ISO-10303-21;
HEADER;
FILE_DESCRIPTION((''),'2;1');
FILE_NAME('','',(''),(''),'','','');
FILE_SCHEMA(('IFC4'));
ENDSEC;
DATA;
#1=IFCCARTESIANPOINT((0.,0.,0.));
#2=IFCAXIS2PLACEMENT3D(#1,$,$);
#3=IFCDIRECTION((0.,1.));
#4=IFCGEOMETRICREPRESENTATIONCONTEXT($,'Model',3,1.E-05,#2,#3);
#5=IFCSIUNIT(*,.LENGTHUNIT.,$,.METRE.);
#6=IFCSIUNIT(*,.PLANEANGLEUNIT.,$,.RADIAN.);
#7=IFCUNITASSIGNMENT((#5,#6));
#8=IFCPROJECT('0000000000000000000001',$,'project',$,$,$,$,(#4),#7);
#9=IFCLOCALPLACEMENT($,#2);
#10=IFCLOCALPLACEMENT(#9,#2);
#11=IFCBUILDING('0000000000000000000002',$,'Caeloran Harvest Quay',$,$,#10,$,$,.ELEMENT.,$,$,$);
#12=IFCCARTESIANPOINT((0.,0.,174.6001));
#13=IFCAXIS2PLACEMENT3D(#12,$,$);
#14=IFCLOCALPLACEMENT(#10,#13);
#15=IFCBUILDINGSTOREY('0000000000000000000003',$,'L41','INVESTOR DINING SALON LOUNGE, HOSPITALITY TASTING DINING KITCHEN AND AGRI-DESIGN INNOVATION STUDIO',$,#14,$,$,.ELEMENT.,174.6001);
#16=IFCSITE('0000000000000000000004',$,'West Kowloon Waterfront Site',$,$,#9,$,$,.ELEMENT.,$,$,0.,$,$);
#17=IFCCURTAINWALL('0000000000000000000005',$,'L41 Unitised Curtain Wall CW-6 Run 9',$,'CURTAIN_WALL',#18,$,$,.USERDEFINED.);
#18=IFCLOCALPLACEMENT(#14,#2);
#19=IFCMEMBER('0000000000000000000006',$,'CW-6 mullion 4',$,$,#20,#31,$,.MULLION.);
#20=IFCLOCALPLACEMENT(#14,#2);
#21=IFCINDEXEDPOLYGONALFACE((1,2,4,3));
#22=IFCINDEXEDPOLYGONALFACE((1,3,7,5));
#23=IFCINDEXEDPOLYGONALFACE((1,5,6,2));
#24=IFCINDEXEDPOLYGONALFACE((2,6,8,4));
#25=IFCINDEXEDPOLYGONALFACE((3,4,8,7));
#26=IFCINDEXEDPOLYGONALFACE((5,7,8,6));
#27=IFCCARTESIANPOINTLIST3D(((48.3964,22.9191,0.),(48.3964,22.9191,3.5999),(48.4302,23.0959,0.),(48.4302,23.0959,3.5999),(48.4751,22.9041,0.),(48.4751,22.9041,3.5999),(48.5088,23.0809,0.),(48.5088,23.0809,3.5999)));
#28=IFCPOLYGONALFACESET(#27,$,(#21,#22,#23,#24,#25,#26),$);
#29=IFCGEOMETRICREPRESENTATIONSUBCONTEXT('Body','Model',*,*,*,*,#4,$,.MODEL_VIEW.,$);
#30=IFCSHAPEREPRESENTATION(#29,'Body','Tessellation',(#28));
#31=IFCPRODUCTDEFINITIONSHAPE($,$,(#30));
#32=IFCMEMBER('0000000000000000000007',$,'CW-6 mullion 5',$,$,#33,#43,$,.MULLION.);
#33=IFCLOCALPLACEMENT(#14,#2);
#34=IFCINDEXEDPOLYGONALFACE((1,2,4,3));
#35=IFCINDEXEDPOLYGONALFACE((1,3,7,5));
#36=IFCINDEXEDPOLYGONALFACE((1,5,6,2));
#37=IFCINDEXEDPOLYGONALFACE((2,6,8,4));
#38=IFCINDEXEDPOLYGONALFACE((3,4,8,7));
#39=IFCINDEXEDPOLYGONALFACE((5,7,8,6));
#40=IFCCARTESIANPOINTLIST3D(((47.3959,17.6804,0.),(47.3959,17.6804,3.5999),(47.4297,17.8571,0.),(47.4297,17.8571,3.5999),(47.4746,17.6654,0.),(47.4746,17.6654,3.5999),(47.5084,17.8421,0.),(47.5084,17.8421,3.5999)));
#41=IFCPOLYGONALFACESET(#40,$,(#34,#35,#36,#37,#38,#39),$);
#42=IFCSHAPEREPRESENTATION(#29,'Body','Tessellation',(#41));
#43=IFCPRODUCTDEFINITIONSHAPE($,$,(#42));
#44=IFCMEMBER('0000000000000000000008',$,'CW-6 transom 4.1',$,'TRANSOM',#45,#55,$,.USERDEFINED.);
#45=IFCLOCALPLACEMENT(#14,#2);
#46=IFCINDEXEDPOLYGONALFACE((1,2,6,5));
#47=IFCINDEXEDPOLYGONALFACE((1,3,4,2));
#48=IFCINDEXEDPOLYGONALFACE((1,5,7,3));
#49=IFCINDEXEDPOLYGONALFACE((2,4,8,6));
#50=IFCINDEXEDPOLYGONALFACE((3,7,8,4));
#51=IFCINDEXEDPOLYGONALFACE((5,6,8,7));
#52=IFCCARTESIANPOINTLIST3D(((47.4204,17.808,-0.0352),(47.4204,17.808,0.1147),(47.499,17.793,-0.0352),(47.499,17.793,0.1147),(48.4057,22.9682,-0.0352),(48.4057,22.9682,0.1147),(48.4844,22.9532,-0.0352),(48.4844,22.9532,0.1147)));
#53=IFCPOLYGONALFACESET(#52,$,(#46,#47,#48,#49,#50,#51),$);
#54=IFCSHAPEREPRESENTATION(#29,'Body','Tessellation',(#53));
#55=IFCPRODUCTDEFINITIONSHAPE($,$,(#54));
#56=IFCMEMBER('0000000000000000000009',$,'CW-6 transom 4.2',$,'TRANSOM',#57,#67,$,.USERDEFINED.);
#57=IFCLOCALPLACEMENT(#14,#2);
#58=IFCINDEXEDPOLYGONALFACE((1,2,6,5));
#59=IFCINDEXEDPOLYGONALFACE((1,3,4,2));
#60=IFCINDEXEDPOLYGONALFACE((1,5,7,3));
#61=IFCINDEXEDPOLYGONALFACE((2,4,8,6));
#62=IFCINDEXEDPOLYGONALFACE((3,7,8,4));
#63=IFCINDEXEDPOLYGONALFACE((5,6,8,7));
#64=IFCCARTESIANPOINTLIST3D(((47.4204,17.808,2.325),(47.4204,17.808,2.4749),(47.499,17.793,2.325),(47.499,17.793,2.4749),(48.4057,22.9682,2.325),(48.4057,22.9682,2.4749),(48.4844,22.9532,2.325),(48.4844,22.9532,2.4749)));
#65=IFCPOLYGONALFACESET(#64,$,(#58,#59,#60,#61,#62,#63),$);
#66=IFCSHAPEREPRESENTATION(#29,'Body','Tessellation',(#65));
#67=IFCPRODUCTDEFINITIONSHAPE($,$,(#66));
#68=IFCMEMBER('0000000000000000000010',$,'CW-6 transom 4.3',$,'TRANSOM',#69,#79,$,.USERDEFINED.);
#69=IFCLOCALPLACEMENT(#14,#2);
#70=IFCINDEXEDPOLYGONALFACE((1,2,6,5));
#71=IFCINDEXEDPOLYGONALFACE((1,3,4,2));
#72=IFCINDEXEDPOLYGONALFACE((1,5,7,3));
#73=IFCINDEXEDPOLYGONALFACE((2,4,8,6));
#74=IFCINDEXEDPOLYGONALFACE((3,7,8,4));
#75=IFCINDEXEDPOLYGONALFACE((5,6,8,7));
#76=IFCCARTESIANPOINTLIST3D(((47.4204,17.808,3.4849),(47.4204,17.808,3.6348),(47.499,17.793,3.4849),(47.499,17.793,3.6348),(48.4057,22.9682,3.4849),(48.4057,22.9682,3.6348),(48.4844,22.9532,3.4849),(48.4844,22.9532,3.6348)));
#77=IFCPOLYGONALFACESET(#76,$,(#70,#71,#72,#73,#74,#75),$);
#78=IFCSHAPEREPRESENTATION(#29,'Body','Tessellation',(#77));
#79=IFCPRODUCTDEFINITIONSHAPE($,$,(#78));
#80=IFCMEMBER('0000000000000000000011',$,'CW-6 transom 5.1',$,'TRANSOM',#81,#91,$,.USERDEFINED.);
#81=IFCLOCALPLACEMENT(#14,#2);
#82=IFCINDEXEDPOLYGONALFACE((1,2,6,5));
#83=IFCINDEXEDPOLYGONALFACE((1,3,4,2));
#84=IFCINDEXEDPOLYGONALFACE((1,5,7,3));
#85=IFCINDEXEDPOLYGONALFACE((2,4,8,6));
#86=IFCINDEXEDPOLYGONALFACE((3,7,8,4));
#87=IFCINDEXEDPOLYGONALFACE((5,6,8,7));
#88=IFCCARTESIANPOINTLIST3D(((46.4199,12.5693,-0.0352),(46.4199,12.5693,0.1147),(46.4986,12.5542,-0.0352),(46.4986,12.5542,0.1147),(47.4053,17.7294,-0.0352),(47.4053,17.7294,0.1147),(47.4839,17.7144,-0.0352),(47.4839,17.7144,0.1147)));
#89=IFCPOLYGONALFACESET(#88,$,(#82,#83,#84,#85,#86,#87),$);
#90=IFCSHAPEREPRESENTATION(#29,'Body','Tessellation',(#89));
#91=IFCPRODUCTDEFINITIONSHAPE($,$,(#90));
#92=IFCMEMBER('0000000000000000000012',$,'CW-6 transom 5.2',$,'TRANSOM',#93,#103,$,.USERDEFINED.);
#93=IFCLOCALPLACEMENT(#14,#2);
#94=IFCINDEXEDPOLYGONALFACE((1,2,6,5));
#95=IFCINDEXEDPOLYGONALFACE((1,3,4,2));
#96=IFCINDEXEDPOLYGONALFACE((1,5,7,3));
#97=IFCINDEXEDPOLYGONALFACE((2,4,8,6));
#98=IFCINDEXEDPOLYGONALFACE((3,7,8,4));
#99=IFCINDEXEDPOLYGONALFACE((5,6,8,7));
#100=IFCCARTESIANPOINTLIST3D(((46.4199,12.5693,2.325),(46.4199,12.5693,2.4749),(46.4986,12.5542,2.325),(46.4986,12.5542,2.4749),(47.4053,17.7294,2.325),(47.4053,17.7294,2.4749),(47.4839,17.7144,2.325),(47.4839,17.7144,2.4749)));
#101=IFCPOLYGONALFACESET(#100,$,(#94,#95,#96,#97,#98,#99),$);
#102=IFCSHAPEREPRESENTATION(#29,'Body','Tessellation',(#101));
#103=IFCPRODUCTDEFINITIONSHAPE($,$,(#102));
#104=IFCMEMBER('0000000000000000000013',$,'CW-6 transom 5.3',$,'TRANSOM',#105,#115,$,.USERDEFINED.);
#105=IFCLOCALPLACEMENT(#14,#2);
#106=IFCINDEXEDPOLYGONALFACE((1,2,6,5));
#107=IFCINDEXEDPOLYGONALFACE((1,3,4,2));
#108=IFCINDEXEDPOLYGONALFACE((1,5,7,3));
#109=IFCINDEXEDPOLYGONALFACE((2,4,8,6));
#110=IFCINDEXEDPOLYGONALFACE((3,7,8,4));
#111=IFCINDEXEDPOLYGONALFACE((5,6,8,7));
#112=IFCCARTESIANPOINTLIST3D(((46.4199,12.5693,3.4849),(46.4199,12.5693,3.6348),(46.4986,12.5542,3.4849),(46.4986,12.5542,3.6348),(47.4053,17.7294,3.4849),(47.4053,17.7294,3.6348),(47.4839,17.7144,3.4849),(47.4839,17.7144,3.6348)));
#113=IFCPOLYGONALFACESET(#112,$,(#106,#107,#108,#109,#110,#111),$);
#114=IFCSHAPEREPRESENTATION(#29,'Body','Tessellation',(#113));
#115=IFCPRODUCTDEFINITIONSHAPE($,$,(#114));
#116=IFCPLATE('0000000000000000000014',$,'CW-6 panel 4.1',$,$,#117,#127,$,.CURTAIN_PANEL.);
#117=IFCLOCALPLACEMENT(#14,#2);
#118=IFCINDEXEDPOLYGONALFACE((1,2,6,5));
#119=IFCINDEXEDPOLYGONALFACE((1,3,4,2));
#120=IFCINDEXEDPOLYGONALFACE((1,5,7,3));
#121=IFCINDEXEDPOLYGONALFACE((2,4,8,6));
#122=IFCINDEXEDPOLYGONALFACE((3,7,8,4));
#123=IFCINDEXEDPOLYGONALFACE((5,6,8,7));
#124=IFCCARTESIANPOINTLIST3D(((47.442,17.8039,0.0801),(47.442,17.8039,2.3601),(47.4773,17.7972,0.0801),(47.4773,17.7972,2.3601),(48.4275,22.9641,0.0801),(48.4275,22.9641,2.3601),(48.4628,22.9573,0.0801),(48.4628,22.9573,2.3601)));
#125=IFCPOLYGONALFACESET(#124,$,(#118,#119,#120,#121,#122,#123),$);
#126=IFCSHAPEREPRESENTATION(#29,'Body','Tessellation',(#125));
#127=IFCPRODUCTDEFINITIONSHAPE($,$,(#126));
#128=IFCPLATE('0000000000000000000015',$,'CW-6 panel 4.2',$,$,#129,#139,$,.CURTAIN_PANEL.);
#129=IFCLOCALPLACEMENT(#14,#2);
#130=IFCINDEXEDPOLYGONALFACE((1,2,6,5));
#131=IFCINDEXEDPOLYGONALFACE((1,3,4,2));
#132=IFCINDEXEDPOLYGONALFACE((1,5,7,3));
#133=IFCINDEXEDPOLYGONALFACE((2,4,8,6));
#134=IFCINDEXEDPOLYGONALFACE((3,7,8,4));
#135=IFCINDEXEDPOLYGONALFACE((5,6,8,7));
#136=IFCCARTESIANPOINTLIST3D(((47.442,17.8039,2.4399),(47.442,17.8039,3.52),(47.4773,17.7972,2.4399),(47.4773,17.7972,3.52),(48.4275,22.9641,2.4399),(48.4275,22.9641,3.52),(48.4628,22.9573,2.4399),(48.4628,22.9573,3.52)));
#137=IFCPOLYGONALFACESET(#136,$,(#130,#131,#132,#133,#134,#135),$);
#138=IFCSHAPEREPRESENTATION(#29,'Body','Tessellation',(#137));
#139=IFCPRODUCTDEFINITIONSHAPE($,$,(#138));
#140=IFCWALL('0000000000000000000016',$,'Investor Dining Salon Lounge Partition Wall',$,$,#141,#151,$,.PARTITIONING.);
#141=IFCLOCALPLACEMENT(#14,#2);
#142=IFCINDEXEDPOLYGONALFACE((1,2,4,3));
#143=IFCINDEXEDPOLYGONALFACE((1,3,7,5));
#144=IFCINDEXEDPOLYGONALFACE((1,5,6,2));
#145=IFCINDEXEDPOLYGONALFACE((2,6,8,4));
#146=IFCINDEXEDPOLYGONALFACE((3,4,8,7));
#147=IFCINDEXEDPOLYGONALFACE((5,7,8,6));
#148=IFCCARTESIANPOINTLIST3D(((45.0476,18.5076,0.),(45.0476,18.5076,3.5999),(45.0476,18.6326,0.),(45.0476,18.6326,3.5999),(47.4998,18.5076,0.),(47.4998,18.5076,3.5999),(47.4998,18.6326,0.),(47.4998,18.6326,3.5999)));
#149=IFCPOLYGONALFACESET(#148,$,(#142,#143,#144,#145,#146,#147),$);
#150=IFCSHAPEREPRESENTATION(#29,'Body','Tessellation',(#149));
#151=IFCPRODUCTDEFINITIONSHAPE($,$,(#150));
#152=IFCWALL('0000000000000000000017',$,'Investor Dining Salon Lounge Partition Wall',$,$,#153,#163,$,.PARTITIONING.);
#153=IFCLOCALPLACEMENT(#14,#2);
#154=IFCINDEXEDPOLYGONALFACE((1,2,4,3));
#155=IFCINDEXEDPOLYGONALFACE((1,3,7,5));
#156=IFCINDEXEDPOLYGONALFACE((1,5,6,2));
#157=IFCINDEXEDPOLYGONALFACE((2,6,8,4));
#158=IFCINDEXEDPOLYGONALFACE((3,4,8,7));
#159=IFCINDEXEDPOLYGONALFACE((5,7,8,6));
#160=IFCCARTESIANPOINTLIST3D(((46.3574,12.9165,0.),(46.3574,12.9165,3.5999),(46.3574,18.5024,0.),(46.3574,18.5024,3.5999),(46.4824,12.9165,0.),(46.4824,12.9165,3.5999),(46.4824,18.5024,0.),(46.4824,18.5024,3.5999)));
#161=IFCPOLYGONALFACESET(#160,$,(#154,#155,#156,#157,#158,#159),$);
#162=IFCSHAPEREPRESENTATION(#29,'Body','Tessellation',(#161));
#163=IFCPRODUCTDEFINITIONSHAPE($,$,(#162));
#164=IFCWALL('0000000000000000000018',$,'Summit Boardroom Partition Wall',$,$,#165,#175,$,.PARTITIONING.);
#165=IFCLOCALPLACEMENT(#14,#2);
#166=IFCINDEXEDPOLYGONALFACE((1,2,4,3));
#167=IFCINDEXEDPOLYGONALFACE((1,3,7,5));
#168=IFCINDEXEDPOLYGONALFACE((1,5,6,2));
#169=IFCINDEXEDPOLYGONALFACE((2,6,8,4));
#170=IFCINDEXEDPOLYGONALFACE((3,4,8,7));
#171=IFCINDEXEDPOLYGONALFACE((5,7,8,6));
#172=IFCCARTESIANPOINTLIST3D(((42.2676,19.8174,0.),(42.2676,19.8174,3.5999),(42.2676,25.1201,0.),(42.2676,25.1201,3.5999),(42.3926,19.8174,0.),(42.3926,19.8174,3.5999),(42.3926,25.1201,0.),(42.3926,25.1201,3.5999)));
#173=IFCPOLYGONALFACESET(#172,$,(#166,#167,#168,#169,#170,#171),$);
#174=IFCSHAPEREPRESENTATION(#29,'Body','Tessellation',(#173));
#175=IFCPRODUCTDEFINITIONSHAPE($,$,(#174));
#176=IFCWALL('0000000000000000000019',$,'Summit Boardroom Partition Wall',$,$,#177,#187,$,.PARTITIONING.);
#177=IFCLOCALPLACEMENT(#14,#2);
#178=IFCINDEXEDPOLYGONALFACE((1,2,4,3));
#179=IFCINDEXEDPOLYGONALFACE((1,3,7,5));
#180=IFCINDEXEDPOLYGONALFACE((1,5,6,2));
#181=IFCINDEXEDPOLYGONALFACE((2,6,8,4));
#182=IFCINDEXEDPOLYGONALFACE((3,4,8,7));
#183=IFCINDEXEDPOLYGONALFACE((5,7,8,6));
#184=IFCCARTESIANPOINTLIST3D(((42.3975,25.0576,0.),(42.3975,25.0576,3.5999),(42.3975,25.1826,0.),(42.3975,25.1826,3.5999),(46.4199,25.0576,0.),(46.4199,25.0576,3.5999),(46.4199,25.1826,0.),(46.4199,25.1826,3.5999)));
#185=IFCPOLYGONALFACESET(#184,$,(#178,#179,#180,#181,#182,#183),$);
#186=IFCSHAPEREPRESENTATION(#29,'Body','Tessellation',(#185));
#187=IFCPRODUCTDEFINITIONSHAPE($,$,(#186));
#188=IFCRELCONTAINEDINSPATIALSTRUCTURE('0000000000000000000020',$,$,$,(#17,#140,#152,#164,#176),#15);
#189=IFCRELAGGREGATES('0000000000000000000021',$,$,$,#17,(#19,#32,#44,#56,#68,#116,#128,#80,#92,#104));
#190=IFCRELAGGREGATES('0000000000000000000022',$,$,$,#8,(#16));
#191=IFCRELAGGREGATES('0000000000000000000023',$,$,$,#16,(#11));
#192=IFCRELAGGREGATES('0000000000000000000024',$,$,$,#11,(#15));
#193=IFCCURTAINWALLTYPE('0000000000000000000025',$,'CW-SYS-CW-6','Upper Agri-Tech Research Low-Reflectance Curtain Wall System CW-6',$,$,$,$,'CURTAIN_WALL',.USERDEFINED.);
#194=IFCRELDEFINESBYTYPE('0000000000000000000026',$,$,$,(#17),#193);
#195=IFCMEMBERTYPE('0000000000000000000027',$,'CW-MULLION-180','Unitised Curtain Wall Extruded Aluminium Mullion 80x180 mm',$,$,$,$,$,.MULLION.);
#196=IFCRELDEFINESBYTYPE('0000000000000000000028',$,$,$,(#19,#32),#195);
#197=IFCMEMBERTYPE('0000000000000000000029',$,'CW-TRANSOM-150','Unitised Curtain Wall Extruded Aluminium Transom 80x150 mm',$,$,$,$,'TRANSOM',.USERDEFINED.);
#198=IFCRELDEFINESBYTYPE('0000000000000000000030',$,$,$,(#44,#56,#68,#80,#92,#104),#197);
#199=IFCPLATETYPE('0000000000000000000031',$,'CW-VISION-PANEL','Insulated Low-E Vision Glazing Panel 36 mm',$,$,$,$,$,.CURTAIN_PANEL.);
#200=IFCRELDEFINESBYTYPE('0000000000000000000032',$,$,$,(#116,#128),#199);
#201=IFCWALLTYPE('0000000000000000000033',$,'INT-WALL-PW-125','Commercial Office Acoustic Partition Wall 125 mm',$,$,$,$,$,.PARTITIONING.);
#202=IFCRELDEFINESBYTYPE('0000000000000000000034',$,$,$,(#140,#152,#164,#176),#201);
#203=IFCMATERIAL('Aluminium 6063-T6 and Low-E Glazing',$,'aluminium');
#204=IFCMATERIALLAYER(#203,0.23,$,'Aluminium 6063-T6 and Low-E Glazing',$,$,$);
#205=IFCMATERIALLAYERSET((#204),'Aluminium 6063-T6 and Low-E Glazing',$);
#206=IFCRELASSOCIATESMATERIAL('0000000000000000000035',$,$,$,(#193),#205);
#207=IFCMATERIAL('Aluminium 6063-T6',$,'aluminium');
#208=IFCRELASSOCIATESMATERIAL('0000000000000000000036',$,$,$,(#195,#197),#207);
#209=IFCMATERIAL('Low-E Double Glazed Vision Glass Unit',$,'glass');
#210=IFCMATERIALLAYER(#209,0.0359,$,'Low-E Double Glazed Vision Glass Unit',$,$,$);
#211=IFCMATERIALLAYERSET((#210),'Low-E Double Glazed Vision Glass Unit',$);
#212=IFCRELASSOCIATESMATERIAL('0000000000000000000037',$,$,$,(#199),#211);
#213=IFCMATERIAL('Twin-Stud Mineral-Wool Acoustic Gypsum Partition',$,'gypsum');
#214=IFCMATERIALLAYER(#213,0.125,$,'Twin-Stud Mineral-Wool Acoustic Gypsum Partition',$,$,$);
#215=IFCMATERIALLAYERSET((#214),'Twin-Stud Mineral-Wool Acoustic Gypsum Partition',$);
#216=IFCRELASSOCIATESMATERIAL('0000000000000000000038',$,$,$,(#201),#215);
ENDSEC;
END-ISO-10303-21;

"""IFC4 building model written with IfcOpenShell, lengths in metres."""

from ifc_helpers import new_model, si_unit, direction, frame, frame_2d, origin, origin_2d, place, context, subcontext, project, spatial, rectangle, extrude, material, layer, layer_set, material_profile, profile_set, type_object, element, aggregate, save


model = new_model("IFC4")

# Units and contexts
model_context = context("Model", 3, precision=1e-05, world=origin(), true_north=direction((0.0, 1.0)))
body_context = subcontext(model_context, "Body", "Model", "MODEL_VIEW")
ifc_project = project(units=[si_unit("LENGTHUNIT", "METRE"), si_unit("PLANEANGLEUNIT", "RADIAN")], contexts=[model_context])

# Site, building, storey
site_placement = place(None, origin())
site = spatial("IfcSite", under=ifc_project, at=site_placement, Name="West Kowloon Waterfront Site", CompositionType="ELEMENT", RefElevation=0.0)
building_placement = place(site_placement, origin())
building = spatial("IfcBuilding", under=site, at=building_placement, Name="Caeloran Harvest Quay", CompositionType="ELEMENT")
storey_placement = place(building_placement, frame((0.0, 0.0, 174.6001)))
storey = spatial("IfcBuildingStorey", under=building, at=storey_placement, Name="L41", Description="INVESTOR DINING SALON LOUNGE, HOSPITALITY TASTING DINING KITCHEN AND AGRI-DESIGN INNOVATION STUDIO", CompositionType="ELEMENT", Elevation=174.6001)

# Curtain wall, members, plates
ifc_material_1 = material(Name="Aluminium 6063-T6 and Low-E Glazing", Category="aluminium")
ifc_layer_1 = layer(ifc_material_1, 0.23, Name="Aluminium 6063-T6 and Low-E Glazing")
ifc_layer_set_1 = layer_set([ifc_layer_1], Name="Aluminium 6063-T6 and Low-E Glazing")
curtain_wall_type = type_object("IfcCurtainWallType", Name="CW-SYS-CW-6", Description="Upper Agri-Tech Research Low-Reflectance Curtain Wall System CW-6", ElementType="CURTAIN_WALL", PredefinedType="USERDEFINED", material=ifc_layer_set_1)
curtain_wall_placement = place(storey_placement, origin())
curtain_wall = element("IfcCurtainWall", 1, at=curtain_wall_placement, inside=storey, type_object=curtain_wall_type, Name="L41 Unitised Curtain Wall CW-6 Run 9", ObjectType="CURTAIN_WALL", PredefinedType="USERDEFINED")
ifc_material_2 = material(Name="Aluminium 6063-T6", Category="aluminium")
ifc_material_profile_1 = material_profile(ifc_material_2, rectangle(XDim=0.0801, YDim=0.1799, at=origin_2d()), Name="CW-MULLION-180")
ifc_profile_set_1 = profile_set([ifc_material_profile_1], Name="Aluminium 6063-T6")
member_type_1 = type_object("IfcMemberType", Name="CW-MULLION-180", Description="Unitised Curtain Wall Extruded Aluminium Mullion 80x180 mm", PredefinedType="MULLION", material=ifc_profile_set_1)
member_1_placement = place(storey_placement, frame((48.4526, 23.0, 0.0), z_axis=(0.0, 0.0, 1.0), x_axis=(0.982248, -0.187588, 0.0)))
member_1 = element("IfcMember", 2, at=member_1_placement, type_object=member_type_1, Name="CW-6 mullion 4", PredefinedType="MULLION", context=body_context, shape_type="SweptSolid", body=[
    extrude(rectangle(XDim=0.0801, YDim=0.1799, at=origin_2d()), origin(), (0.0, 0.0, 1.0), 3.5999),
])
member_2_placement = place(storey_placement, frame((47.4521, 17.7612, 0.0), z_axis=(0.0, 0.0, 1.0), x_axis=(0.982248, -0.187588, 0.0)))
member_2 = element("IfcMember", 3, at=member_2_placement, type_object=member_type_1, Name="CW-6 mullion 5", PredefinedType="MULLION", context=body_context, shape_type="SweptSolid", body=[
    extrude(rectangle(XDim=0.0801, YDim=0.1799, at=origin_2d()), origin(), (0.0, 0.0, 1.0), 3.5999),
])
ifc_material_profile_2 = material_profile(ifc_material_2, rectangle(XDim=0.0801, YDim=0.1499, at=origin_2d()), Name="CW-TRANSOM-150")
ifc_profile_set_2 = profile_set([ifc_material_profile_2], Name="Aluminium 6063-T6")
member_type_2 = type_object("IfcMemberType", Name="CW-TRANSOM-150", Description="Unitised Curtain Wall Extruded Aluminium Transom 80x150 mm", ElementType="TRANSOM", PredefinedType="USERDEFINED", material=ifc_profile_set_2)
member_3_placement = place(storey_placement, frame((48.4451, 22.9607, 0.0398), z_axis=(-0.187565, -0.982252, 0.0), x_axis=(0.982252, -0.187565, 0.0)))
member_3 = element("IfcMember", 4, at=member_3_placement, type_object=member_type_2, Name="CW-6 transom 4.1", ObjectType="TRANSOM", PredefinedType="USERDEFINED", context=body_context, shape_type="SweptSolid", body=[
    extrude(rectangle(XDim=0.0801, YDim=0.1499, at=origin_2d()), origin(), (0.0, 0.0, 1.0), 5.2534),
])
member_4_placement = place(storey_placement, frame((48.4451, 22.9607, 2.3999), z_axis=(-0.187565, -0.982252, 0.0), x_axis=(0.982252, -0.187565, 0.0)))
member_4 = element("IfcMember", 5, at=member_4_placement, type_object=member_type_2, Name="CW-6 transom 4.2", ObjectType="TRANSOM", PredefinedType="USERDEFINED", context=body_context, shape_type="SweptSolid", body=[
    extrude(rectangle(XDim=0.0801, YDim=0.1499, at=origin_2d()), origin(), (0.0, 0.0, 1.0), 5.2534),
])
member_5_placement = place(storey_placement, frame((48.4451, 22.9607, 3.5598), z_axis=(-0.187565, -0.982252, 0.0), x_axis=(0.982252, -0.187565, 0.0)))
member_5 = element("IfcMember", 6, at=member_5_placement, type_object=member_type_2, Name="CW-6 transom 4.3", ObjectType="TRANSOM", PredefinedType="USERDEFINED", context=body_context, shape_type="SweptSolid", body=[
    extrude(rectangle(XDim=0.0801, YDim=0.1499, at=origin_2d()), origin(), (0.0, 0.0, 1.0), 5.2534),
])
member_6_placement = place(storey_placement, frame((47.4446, 17.7219, 0.0398), z_axis=(-0.187565, -0.982252, 0.0), x_axis=(0.982252, -0.187565, 0.0)))
member_6 = element("IfcMember", 7, at=member_6_placement, type_object=member_type_2, Name="CW-6 transom 5.1", ObjectType="TRANSOM", PredefinedType="USERDEFINED", context=body_context, shape_type="SweptSolid", body=[
    extrude(rectangle(XDim=0.0801, YDim=0.1499, at=origin_2d()), origin(), (0.0, 0.0, 1.0), 5.2534),
])
member_7_placement = place(storey_placement, frame((47.4446, 17.7219, 2.3999), z_axis=(-0.187565, -0.982252, 0.0), x_axis=(0.982252, -0.187565, 0.0)))
member_7 = element("IfcMember", 8, at=member_7_placement, type_object=member_type_2, Name="CW-6 transom 5.2", ObjectType="TRANSOM", PredefinedType="USERDEFINED", context=body_context, shape_type="SweptSolid", body=[
    extrude(rectangle(XDim=0.0801, YDim=0.1499, at=origin_2d()), origin(), (0.0, 0.0, 1.0), 5.2534),
])
member_8_placement = place(storey_placement, frame((47.4446, 17.7219, 3.5598), z_axis=(-0.187565, -0.982252, 0.0), x_axis=(0.982252, -0.187565, 0.0)))
member_8 = element("IfcMember", 9, at=member_8_placement, type_object=member_type_2, Name="CW-6 transom 5.3", ObjectType="TRANSOM", PredefinedType="USERDEFINED", context=body_context, shape_type="SweptSolid", body=[
    extrude(rectangle(XDim=0.0801, YDim=0.1499, at=origin_2d()), origin(), (0.0, 0.0, 1.0), 5.2534),
])
ifc_material_3 = material(Name="Low-E Double Glazed Vision Glass Unit", Category="glass")
ifc_layer_2 = layer(ifc_material_3, 0.0359, Name="Low-E Double Glazed Vision Glass Unit")
ifc_layer_set_2 = layer_set([ifc_layer_2], Name="Low-E Double Glazed Vision Glass Unit")
plate_type = type_object("IfcPlateType", Name="CW-VISION-PANEL", Description="Insulated Low-E Vision Glazing Panel 36 mm", PredefinedType="CURTAIN_PANEL", material=ifc_layer_set_2)
plate_1_placement = place(storey_placement, frame((47.9524, 20.3806, 0.0801), z_axis=(0.0, 0.0, 1.0), x_axis=(-0.187588, -0.982248, 0.0)))
plate_1 = element("IfcPlate", 10, at=plate_1_placement, type_object=plate_type, Name="CW-6 panel 4.1", PredefinedType="CURTAIN_PANEL", context=body_context, shape_type="SweptSolid", body=[
    extrude(rectangle(XDim=5.2534, YDim=0.0359, at=origin_2d()), origin(), (0.0, 0.0, 1.0), 2.28),
])
plate_2_placement = place(storey_placement, frame((47.9524, 20.3806, 2.4399), z_axis=(0.0, 0.0, 1.0), x_axis=(-0.187588, -0.982248, 0.0)))
plate_2 = element("IfcPlate", 11, at=plate_2_placement, type_object=plate_type, Name="CW-6 panel 4.2", PredefinedType="CURTAIN_PANEL", context=body_context, shape_type="SweptSolid", body=[
    extrude(rectangle(XDim=5.2534, YDim=0.0359, at=origin_2d()), origin(), (0.0, 0.0, 1.0), 1.0801),
])
aggregate(curtain_wall, [member_1, member_2, member_3, member_4, member_5, plate_1, plate_2, member_6, member_7, member_8])

# Walls
ifc_material_4 = material(Name="Twin-Stud Mineral-Wool Acoustic Gypsum Partition", Category="gypsum")
ifc_layer_3 = layer(ifc_material_4, 0.125, Name="Twin-Stud Mineral-Wool Acoustic Gypsum Partition")
ifc_layer_set_3 = layer_set([ifc_layer_3], Name="Twin-Stud Mineral-Wool Acoustic Gypsum Partition")
wall_type_1 = type_object("IfcWallType", Name="INT-WALL-PW-125", Description="Commercial Office Acoustic Partition Wall 125 mm", PredefinedType="PARTITIONING", material=ifc_layer_set_3)
wall_1_placement = place(storey_placement, frame((45.0476, 18.5701, 0.0), z_axis=(0.0, 0.0, 1.0), x_axis=(1.0, 0.0, 0.0)))
element("IfcWall", 12, at=wall_1_placement, inside=storey, type_object=wall_type_1, Name="Investor Dining Salon Lounge Partition Wall", PredefinedType="PARTITIONING", context=body_context, shape_type="SweptSolid", body=[
    extrude(rectangle(XDim=2.4521, YDim=0.125, at=frame_2d((1.2261, 0.0))), origin(), (0.0, 0.0, 1.0), 3.5999),
])
wall_2_placement = place(storey_placement, frame((46.4199, 18.5024, 0.0), z_axis=(0.0, 0.0, 1.0), x_axis=(0.0, -1.0, 0.0)))
element("IfcWall", 13, at=wall_2_placement, inside=storey, type_object=wall_type_1, Name="Investor Dining Salon Lounge Partition Wall", PredefinedType="PARTITIONING", context=body_context, shape_type="SweptSolid", body=[
    extrude(rectangle(XDim=5.5859, YDim=0.125, at=frame_2d((2.793, 0.0))), origin(), (0.0, 0.0, 1.0), 3.5999),
])

# Walls
wall_3_placement = place(storey_placement, frame((42.3301, 19.8174, 0.0), z_axis=(0.0, 0.0, 1.0), x_axis=(0.0, 1.0, 0.0)))
element("IfcWall", 14, at=wall_3_placement, inside=storey, type_object=wall_type_1, Name="Summit Boardroom Partition Wall", PredefinedType="PARTITIONING", context=body_context, shape_type="SweptSolid", body=[
    extrude(rectangle(XDim=5.3027, YDim=0.125, at=frame_2d((2.6514, 0.0))), origin(), (0.0, 0.0, 1.0), 3.5999),
])
wall_4_placement = place(storey_placement, frame((42.3975, 25.1201, 0.0), z_axis=(0.0, 0.0, 1.0), x_axis=(1.0, 0.0, 0.0)))
element("IfcWall", 15, at=wall_4_placement, inside=storey, type_object=wall_type_1, Name="Summit Boardroom Partition Wall", PredefinedType="PARTITIONING", context=body_context, shape_type="SweptSolid", body=[
    extrude(rectangle(XDim=4.0225, YDim=0.125, at=frame_2d((2.0112, 0.0))), origin(), (0.0, 0.0, 1.0), 3.5999),
])

save(model, "model.ifc")
